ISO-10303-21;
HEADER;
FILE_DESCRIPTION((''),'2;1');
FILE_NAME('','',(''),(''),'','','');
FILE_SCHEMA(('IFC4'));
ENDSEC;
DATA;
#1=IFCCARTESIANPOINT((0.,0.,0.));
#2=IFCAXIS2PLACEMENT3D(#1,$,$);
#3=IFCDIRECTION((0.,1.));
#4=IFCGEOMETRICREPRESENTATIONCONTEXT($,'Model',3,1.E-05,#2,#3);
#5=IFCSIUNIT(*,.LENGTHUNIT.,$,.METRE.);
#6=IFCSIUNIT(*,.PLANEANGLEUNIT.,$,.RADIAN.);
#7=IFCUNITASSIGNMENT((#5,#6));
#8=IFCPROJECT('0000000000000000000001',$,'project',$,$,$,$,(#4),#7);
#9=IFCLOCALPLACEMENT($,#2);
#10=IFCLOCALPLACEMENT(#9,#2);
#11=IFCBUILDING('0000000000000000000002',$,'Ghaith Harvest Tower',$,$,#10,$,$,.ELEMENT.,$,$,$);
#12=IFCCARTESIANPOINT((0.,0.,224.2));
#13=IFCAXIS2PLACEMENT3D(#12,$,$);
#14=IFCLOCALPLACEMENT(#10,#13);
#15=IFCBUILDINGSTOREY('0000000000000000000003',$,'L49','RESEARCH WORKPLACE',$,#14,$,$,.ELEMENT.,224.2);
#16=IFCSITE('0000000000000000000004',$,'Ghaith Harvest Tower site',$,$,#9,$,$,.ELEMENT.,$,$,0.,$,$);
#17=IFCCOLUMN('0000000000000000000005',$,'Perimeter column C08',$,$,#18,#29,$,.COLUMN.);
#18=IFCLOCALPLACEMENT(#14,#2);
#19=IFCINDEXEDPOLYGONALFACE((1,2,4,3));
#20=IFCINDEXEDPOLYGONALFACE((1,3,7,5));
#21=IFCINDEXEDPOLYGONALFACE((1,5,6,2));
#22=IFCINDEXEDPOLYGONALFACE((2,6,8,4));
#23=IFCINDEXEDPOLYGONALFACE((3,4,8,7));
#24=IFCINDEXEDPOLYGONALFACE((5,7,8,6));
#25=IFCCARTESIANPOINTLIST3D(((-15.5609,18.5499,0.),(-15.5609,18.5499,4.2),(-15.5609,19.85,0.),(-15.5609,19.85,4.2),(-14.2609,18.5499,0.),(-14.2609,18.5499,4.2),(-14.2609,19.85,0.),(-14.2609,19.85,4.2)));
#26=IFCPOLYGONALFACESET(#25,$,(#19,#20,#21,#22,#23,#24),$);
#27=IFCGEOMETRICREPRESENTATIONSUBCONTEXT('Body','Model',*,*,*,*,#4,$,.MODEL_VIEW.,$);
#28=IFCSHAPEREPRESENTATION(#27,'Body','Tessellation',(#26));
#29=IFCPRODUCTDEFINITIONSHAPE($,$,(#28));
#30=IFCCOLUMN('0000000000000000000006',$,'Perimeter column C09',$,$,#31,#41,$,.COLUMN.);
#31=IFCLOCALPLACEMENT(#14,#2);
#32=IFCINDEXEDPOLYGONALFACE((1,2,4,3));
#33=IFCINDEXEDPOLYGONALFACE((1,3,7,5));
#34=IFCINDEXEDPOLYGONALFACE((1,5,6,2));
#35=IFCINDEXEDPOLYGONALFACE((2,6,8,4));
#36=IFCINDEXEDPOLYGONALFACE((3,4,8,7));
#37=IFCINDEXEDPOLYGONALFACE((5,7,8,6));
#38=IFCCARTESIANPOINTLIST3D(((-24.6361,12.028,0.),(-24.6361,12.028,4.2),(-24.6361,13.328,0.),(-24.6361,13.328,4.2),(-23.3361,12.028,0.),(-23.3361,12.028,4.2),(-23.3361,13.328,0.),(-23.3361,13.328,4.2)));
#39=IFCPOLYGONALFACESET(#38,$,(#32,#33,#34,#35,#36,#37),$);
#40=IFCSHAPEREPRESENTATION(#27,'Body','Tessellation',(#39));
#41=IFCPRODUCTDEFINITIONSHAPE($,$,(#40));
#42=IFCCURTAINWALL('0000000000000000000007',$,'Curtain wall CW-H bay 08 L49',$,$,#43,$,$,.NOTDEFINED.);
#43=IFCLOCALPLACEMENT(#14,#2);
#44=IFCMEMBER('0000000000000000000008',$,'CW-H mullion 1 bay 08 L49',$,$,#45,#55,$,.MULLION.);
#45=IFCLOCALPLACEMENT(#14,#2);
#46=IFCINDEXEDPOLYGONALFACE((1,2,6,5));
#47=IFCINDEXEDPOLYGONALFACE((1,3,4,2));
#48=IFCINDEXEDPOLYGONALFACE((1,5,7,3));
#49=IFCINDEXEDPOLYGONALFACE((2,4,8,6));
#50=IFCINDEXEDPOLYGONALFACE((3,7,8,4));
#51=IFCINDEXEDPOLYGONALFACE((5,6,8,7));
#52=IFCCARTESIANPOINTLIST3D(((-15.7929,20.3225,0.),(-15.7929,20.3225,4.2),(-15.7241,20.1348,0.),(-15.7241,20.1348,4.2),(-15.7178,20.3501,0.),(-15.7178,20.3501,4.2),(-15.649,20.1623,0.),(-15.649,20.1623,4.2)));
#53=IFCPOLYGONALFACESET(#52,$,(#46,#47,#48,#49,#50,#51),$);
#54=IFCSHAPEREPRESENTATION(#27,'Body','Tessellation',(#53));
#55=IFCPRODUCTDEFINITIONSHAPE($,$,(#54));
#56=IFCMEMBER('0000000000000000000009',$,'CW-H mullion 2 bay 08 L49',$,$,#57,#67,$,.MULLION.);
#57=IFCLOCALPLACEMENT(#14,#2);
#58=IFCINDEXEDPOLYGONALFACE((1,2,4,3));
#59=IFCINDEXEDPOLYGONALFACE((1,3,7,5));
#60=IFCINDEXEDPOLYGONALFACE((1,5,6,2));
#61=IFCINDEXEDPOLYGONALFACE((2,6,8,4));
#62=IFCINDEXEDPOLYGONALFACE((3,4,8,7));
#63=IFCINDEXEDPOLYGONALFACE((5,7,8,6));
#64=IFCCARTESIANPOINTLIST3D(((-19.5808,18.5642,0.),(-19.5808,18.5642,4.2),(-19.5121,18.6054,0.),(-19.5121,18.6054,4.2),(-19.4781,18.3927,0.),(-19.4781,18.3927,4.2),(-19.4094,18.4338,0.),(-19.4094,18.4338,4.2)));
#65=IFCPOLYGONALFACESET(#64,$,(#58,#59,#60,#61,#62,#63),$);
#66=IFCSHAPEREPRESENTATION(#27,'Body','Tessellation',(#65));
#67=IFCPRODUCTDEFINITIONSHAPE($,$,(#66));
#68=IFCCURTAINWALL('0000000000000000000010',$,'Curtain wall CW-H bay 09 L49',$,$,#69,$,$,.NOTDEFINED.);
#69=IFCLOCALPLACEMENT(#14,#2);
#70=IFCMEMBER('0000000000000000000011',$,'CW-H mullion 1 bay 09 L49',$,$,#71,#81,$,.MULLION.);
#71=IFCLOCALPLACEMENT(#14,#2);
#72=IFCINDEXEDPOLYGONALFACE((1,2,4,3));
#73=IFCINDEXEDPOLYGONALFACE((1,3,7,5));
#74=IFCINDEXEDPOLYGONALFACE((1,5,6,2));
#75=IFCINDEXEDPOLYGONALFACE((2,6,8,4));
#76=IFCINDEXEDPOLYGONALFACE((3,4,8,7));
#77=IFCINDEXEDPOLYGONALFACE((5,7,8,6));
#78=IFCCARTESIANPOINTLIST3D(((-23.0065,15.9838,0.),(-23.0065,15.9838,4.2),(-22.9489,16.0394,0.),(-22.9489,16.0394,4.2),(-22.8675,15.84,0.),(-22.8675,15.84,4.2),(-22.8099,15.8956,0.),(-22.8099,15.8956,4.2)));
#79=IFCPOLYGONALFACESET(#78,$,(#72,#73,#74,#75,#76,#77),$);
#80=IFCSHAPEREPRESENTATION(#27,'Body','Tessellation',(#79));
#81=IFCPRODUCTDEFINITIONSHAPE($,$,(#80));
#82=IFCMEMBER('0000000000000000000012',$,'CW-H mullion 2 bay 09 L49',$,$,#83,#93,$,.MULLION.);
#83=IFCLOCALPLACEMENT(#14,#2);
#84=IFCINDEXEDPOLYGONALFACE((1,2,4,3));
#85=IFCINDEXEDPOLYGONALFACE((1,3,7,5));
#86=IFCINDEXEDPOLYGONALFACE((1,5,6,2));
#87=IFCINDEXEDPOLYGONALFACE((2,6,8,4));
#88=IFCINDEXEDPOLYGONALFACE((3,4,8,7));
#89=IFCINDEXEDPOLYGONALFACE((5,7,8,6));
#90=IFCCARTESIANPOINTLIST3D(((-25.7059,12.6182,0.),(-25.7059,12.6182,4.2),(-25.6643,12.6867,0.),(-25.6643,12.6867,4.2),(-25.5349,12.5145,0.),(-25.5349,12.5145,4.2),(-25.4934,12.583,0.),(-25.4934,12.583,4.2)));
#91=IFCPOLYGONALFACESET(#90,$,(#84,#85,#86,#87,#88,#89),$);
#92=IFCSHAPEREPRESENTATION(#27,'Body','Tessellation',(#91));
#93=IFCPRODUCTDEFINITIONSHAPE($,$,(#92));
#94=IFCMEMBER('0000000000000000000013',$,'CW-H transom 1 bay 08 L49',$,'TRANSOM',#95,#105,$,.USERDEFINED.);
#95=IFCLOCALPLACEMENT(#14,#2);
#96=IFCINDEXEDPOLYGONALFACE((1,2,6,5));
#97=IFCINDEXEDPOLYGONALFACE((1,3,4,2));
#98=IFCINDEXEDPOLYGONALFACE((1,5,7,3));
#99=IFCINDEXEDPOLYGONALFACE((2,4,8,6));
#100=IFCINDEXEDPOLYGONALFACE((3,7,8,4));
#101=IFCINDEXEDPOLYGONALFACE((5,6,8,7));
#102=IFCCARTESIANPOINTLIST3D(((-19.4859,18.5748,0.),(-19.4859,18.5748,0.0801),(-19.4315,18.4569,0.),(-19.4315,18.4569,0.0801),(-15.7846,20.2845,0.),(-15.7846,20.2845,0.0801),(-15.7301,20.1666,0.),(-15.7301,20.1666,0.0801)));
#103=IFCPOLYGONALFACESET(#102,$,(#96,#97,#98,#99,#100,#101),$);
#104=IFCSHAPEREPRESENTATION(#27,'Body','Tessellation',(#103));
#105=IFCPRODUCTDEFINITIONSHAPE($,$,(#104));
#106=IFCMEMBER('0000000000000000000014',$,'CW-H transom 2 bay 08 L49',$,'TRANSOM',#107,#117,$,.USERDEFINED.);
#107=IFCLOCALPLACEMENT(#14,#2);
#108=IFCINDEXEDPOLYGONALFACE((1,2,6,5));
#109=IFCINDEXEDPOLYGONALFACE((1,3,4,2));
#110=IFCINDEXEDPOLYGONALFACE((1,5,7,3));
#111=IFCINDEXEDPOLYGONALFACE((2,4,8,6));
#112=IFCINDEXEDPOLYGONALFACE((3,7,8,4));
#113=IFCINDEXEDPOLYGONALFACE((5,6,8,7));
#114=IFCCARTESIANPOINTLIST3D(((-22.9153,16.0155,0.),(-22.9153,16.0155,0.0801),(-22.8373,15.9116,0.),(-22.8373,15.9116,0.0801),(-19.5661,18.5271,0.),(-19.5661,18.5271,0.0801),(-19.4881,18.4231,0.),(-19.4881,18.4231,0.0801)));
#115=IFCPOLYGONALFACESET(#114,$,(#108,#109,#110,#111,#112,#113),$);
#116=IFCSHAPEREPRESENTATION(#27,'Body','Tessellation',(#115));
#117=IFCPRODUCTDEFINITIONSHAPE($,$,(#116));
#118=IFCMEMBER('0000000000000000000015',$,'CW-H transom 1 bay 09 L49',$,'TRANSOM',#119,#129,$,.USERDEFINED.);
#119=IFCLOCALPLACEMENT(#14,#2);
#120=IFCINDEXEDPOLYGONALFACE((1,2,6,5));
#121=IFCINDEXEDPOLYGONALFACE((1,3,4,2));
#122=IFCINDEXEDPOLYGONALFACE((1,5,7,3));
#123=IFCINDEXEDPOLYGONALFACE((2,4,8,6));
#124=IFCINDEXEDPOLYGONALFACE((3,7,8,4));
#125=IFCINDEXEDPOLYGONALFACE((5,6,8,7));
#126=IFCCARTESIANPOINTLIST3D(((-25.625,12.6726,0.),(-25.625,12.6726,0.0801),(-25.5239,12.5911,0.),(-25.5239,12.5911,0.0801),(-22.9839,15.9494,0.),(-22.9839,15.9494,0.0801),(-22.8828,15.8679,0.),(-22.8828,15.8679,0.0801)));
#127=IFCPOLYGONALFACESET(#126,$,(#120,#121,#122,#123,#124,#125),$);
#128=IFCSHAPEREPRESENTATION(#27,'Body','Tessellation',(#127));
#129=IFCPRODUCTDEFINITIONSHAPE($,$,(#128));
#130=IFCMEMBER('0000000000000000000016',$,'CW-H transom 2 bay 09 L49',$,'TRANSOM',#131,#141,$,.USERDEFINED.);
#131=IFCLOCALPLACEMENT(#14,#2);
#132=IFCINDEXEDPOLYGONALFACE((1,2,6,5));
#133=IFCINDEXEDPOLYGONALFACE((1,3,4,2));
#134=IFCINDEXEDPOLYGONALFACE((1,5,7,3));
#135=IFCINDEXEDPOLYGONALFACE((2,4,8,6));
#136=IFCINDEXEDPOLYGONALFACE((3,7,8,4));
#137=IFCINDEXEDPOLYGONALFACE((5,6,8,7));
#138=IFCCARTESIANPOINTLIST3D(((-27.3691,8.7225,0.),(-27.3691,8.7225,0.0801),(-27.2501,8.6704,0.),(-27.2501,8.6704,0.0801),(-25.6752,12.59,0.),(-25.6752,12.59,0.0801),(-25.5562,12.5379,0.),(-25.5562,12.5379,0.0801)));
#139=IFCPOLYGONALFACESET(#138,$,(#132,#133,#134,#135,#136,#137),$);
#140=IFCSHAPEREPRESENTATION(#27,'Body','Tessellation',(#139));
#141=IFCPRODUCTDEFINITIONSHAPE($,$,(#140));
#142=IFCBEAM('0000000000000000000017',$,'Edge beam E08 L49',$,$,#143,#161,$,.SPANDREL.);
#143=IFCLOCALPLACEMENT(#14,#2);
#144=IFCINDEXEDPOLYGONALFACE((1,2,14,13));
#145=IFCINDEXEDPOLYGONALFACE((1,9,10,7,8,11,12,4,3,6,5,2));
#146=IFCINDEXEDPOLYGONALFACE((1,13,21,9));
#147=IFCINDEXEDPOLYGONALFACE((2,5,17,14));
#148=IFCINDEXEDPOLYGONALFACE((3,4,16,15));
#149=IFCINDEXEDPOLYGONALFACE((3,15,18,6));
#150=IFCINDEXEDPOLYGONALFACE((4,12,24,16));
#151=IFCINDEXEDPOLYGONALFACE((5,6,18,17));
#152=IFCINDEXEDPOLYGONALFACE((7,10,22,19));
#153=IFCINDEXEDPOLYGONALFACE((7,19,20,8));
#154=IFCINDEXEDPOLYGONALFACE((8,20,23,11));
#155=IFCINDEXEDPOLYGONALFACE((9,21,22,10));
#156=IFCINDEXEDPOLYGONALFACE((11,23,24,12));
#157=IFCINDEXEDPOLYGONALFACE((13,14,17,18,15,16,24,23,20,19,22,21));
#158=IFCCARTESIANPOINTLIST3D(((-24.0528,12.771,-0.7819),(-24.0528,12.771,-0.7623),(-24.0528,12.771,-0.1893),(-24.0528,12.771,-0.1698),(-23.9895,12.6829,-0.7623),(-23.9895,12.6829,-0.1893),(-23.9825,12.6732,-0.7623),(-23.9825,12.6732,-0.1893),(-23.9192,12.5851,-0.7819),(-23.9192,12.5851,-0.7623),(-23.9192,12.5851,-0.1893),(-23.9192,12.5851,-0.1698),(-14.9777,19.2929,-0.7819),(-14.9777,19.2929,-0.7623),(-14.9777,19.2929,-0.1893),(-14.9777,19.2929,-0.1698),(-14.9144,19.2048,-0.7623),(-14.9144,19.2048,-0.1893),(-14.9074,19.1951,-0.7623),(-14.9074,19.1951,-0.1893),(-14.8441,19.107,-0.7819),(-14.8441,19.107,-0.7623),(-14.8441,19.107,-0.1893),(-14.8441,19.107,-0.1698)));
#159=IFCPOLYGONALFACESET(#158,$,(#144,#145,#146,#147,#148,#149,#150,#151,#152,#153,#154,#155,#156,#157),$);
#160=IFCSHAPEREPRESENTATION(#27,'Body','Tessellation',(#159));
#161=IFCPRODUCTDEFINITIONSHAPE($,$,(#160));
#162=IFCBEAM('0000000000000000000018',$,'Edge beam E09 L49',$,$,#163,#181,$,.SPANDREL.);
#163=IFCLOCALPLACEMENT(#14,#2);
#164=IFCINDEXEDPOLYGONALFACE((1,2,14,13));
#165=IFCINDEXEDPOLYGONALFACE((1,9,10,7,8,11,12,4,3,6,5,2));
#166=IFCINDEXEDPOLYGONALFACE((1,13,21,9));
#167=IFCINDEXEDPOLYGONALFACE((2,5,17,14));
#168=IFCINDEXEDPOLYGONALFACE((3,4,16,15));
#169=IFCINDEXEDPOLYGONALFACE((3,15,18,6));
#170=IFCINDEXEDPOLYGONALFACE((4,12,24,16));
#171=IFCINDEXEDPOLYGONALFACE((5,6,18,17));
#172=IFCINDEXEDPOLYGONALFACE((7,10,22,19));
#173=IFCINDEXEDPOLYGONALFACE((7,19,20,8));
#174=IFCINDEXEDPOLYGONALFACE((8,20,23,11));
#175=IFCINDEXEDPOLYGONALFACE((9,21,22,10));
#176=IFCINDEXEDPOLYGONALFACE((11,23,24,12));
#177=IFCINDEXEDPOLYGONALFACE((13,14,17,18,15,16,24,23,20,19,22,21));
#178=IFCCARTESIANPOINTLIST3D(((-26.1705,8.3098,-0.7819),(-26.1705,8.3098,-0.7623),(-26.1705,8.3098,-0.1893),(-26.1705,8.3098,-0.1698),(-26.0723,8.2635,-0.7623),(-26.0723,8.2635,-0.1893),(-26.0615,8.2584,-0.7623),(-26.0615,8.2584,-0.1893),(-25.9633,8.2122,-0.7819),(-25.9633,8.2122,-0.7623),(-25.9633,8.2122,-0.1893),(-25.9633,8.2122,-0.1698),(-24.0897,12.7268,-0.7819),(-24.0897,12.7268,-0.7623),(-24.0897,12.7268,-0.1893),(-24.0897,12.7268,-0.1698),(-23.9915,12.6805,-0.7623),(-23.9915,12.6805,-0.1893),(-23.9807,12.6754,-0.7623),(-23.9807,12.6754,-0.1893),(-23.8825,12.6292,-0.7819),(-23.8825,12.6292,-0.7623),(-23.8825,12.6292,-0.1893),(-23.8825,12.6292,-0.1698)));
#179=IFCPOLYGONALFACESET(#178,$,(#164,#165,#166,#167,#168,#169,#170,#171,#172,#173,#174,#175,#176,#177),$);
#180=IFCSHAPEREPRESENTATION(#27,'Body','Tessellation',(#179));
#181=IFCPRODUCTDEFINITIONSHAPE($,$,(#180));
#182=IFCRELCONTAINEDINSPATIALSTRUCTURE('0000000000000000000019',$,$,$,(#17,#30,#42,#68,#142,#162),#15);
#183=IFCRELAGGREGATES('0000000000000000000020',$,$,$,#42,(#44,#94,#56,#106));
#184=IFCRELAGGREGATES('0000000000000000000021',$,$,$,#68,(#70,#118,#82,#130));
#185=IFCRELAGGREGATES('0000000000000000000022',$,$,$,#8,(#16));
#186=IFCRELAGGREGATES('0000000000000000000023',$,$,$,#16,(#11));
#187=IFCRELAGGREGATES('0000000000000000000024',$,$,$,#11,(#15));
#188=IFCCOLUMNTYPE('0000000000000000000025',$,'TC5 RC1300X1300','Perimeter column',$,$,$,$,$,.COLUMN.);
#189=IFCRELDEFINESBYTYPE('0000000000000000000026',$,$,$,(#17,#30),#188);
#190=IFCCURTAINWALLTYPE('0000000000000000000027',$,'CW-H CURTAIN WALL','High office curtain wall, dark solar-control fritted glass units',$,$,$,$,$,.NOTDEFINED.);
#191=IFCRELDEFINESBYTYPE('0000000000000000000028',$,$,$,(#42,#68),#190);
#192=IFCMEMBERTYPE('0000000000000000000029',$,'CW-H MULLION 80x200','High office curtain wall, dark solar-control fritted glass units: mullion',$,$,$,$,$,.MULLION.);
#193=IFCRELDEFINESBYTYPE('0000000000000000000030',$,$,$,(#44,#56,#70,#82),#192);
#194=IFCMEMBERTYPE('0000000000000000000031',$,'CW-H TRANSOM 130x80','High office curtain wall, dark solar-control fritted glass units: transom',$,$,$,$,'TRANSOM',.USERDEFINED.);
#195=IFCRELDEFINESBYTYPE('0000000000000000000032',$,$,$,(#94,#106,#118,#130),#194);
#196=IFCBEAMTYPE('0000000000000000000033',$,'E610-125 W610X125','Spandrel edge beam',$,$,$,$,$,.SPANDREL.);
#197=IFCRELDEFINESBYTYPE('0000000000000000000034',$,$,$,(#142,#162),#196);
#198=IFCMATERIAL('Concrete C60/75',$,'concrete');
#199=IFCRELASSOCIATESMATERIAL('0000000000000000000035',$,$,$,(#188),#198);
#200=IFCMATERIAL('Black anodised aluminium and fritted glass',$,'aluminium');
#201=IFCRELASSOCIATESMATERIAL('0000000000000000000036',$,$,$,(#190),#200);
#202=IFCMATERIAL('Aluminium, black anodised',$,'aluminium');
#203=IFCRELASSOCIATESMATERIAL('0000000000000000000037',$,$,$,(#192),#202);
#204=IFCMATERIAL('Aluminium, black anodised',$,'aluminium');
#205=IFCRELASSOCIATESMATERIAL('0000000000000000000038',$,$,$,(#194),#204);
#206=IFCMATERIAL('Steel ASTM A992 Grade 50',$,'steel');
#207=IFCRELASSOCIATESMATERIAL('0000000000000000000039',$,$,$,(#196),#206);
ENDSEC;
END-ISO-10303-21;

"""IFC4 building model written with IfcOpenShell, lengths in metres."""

from ifc_helpers import new_model, si_unit, direction, frame, origin, origin_2d, place, context, subcontext, project, spatial, rectangle, i_section, extrude, material, material_profile, profile_set, type_object, element, aggregate, save


model = new_model("IFC4")

# Units and contexts
model_context = context("Model", 3, precision=1e-05, world=origin(), true_north=direction((0.0, 1.0)))
body_context = subcontext(model_context, "Body", "Model", "MODEL_VIEW")
ifc_project = project(units=[si_unit("LENGTHUNIT", "METRE"), si_unit("PLANEANGLEUNIT", "RADIAN")], contexts=[model_context])

# Site, building, storey
site_placement = place(None, origin())
site = spatial("IfcSite", under=ifc_project, at=site_placement, Name="Ghaith Harvest Tower site", CompositionType="ELEMENT", RefElevation=0.0)
building_placement = place(site_placement, origin())
building = spatial("IfcBuilding", under=site, at=building_placement, Name="Ghaith Harvest Tower", CompositionType="ELEMENT")
storey_placement = place(building_placement, frame((0.0, 0.0, 224.2)))
storey = spatial("IfcBuildingStorey", under=building, at=storey_placement, Name="L49", Description="RESEARCH WORKPLACE", CompositionType="ELEMENT", Elevation=224.2)

# Columns
ifc_material_1 = material(Name="Concrete C60/75", Category="concrete")
ifc_material_profile_1 = material_profile(ifc_material_1, rectangle(XDim=1.3, YDim=1.3, at=origin_2d()), Name="RC1300X1300")
ifc_profile_set_1 = profile_set([ifc_material_profile_1], Name="Concrete C60/75")
column_type = type_object("IfcColumnType", Name="TC5 RC1300X1300", Description="Perimeter column", PredefinedType="COLUMN", material=ifc_profile_set_1)
for number, where, z_axis, x_axis, name in (
    (1, (-14.9109, 19.2, 0.0), (0.0, 0.0, 1.0), (1.0, 0.0, 0.0), "Perimeter column C08"),
    (2, (-23.9861, 12.678, 0.0), (0.0, 0.0, 1.0), (1.0, 0.0, 0.0), "Perimeter column C09"),
):
    element("IfcColumn", number, at=place(storey_placement, frame(where, z_axis=z_axis, x_axis=x_axis)), inside=storey, type_object=column_type, Name=name, PredefinedType="COLUMN", context=body_context, shape_type="SweptSolid", body=[
        extrude(rectangle(XDim=1.3, YDim=1.3, at=origin_2d()), origin(), (0.0, 0.0, 1.0), 4.2),
    ])

# Curtain walls, members
ifc_material_2 = material(Name="Black anodised aluminium and fritted glass", Category="aluminium")
curtain_wall_type = type_object("IfcCurtainWallType", Name="CW-H CURTAIN WALL", Description="High office curtain wall, dark solar-control fritted glass units", PredefinedType="NOTDEFINED", material=ifc_material_2)
curtain_wall_1_placement = place(storey_placement, origin())
curtain_wall_1 = element("IfcCurtainWall", 3, at=curtain_wall_1_placement, inside=storey, type_object=curtain_wall_type, Name="Curtain wall CW-H bay 08 L49", PredefinedType="NOTDEFINED")
ifc_material_3 = material(Name="Aluminium, black anodised", Category="aluminium")
ifc_material_profile_2 = material_profile(ifc_material_3, rectangle(XDim=0.0801, YDim=0.2, at=origin_2d()), Name="CW-H MULLION 80x200")
ifc_profile_set_2 = profile_set([ifc_material_profile_2], Name="Aluminium, black anodised")
member_type_1 = type_object("IfcMemberType", Name="CW-H MULLION 80x200", Description="High office curtain wall, dark solar-control fritted glass units: mullion", PredefinedType="MULLION", material=ifc_profile_set_2)
member_1_placement = place(storey_placement, frame((-15.7209, 20.2424, 0.0), z_axis=(0.0, 0.0, 1.0), x_axis=(-0.938931, -0.344106, 0.0)))
member_1 = element("IfcMember", 4, at=member_1_placement, type_object=member_type_1, Name="CW-H mullion 1 bay 08 L49", PredefinedType="MULLION", context=body_context, shape_type="SweptSolid", body=[
    extrude(rectangle(XDim=0.0801, YDim=0.2, at=origin_2d()), origin(), (0.0, 0.0, 1.0), 4.2),
])
member_2_placement = place(storey_placement, frame((-19.4951, 18.499, 0.0), z_axis=(0.0, 0.0, 1.0), x_axis=(-0.857999, -0.513652, 0.0)))
member_2 = element("IfcMember", 5, at=member_2_placement, type_object=member_type_1, Name="CW-H mullion 2 bay 08 L49", PredefinedType="MULLION", context=body_context, shape_type="SweptSolid", body=[
    extrude(rectangle(XDim=0.0801, YDim=0.2, at=origin_2d()), origin(), (0.0, 0.0, 1.0), 4.2),
])
curtain_wall_2_placement = place(storey_placement, origin())
curtain_wall_2 = element("IfcCurtainWall", 6, at=curtain_wall_2_placement, inside=storey, type_object=curtain_wall_type, Name="Curtain wall CW-H bay 09 L49", PredefinedType="NOTDEFINED")
member_3_placement = place(storey_placement, frame((-22.9082, 15.9397, 0.0), z_axis=(0.0, 0.0, 1.0), x_axis=(-0.719146, -0.694859, 0.0)))
member_3 = element("IfcMember", 7, at=member_3_placement, type_object=member_type_1, Name="CW-H mullion 1 bay 09 L49", PredefinedType="MULLION", context=body_context, shape_type="SweptSolid", body=[
    extrude(rectangle(XDim=0.0801, YDim=0.2, at=origin_2d()), origin(), (0.0, 0.0, 1.0), 4.2),
])
member_4_placement = place(storey_placement, frame((-25.5996, 12.6006, 0.0), z_axis=(0.0, 0.0, 1.0), x_axis=(-0.518769, -0.854914, 0.0)))
member_4 = element("IfcMember", 8, at=member_4_placement, type_object=member_type_1, Name="CW-H mullion 2 bay 09 L49", PredefinedType="MULLION", context=body_context, shape_type="SweptSolid", body=[
    extrude(rectangle(XDim=0.0801, YDim=0.2, at=origin_2d()), origin(), (0.0, 0.0, 1.0), 4.2),
])

# Members
ifc_material_4 = material(Name="Aluminium, black anodised", Category="aluminium")
ifc_material_profile_3 = material_profile(ifc_material_4, rectangle(XDim=0.1299, YDim=0.0801, at=origin_2d()), Name="CW-H TRANSOM 130x80")
ifc_profile_set_3 = profile_set([ifc_material_profile_3], Name="Aluminium, black anodised")
member_type_2 = type_object("IfcMemberType", Name="CW-H TRANSOM 130x80", Description="High office curtain wall, dark solar-control fritted glass units: transom", ElementType="TRANSOM", PredefinedType="USERDEFINED", material=ifc_profile_set_3)
member_5_placement = place(storey_placement, frame((-15.7573, 20.2256, 0.04), z_axis=(-0.907831, -0.419335, 0.0), x_axis=(0.419335, -0.907831, 0.0)))
member_5 = element("IfcMember", 9, at=member_5_placement, type_object=member_type_2, Name="CW-H transom 1 bay 08 L49", ObjectType="TRANSOM", PredefinedType="USERDEFINED", context=body_context, shape_type="SweptSolid", body=[
    extrude(rectangle(XDim=0.1299, YDim=0.0801, at=origin_2d()), origin(), (0.0, 0.0, 1.0), 4.0771),
])
member_6_placement = place(storey_placement, frame((-19.5271, 18.4751, 0.04), z_axis=(-0.800042, -0.599944, 0.0), x_axis=(0.599944, -0.800042, 0.0)))
member_6 = element("IfcMember", 10, at=member_6_placement, type_object=member_type_2, Name="CW-H transom 2 bay 08 L49", ObjectType="TRANSOM", PredefinedType="USERDEFINED", context=body_context, shape_type="SweptSolid", body=[
    extrude(rectangle(XDim=0.1299, YDim=0.0801, at=origin_2d()), origin(), (0.0, 0.0, 1.0), 4.1863),
])
member_7_placement = place(storey_placement, frame((-22.9333, 15.9087, 0.04), z_axis=(-0.627535, -0.778589, 0.0), x_axis=(0.778589, -0.627535, 0.0)))
member_7 = element("IfcMember", 11, at=member_7_placement, type_object=member_type_2, Name="CW-H transom 1 bay 09 L49", ObjectType="TRANSOM", PredefinedType="USERDEFINED", context=body_context, shape_type="SweptSolid", body=[
    extrude(rectangle(XDim=0.1299, YDim=0.0801, at=origin_2d()), origin(), (0.0, 0.0, 1.0), 4.2087),
])
member_8_placement = place(storey_placement, frame((-25.6157, 12.564, 0.04), z_axis=(-0.401186, -0.915997, 0.0), x_axis=(0.915997, -0.401186, 0.0)))
member_8 = element("IfcMember", 12, at=member_8_placement, type_object=member_type_2, Name="CW-H transom 2 bay 09 L49", ObjectType="TRANSOM", PredefinedType="USERDEFINED", context=body_context, shape_type="SweptSolid", body=[
    extrude(rectangle(XDim=0.1299, YDim=0.0801, at=origin_2d()), origin(), (0.0, 0.0, 1.0), 4.2222),
])

# Beams
ifc_material_5 = material(Name="Steel ASTM A992 Grade 50", Category="steel")
ifc_material_profile_4 = material_profile(ifc_material_5, i_section(OverallWidth=0.229, OverallDepth=0.6121, WebThickness=0.012, FlangeThickness=0.0195, at=origin_2d()), Name="W610X125")
ifc_profile_set_4 = profile_set([ifc_material_profile_4], Name="Steel ASTM A992 Grade 50")
beam_type = type_object("IfcBeamType", Name="E610-125 W610X125", Description="Spandrel edge beam", PredefinedType="SPANDREL", material=ifc_profile_set_4)
beam_1_placement = place(storey_placement, frame((-14.9109, 19.2, -0.4758), z_axis=(-0.81205, -0.583587, 0.0), x_axis=(0.583587, -0.81205, 0.0)))
element("IfcBeam", 13, at=beam_1_placement, inside=storey, type_object=beam_type, Name="Edge beam E08 L49", PredefinedType="SPANDREL", context=body_context, shape_type="SweptSolid", body=[
    extrude(i_section(OverallWidth=0.229, OverallDepth=0.6121, WebThickness=0.012, FlangeThickness=0.0195, at=origin_2d()), origin(), (0.0, 0.0, 1.0), 11.1755),
])
beam_2_placement = place(storey_placement, frame((-23.9861, 12.678, -0.4758), z_axis=(-0.42617, -0.904643, 0.0), x_axis=(0.904643, -0.42617, 0.0)))
element("IfcBeam", 14, at=beam_2_placement, inside=storey, type_object=beam_type, Name="Edge beam E09 L49", PredefinedType="SPANDREL", context=body_context, shape_type="SweptSolid", body=[
    extrude(i_section(OverallWidth=0.229, OverallDepth=0.6121, WebThickness=0.012, FlangeThickness=0.0195, at=origin_2d()), origin(), (0.0, 0.0, 1.0), 4.8826),
])

aggregate(curtain_wall_1, [member_1, member_5, member_2, member_6])
aggregate(curtain_wall_2, [member_3, member_7, member_4, member_8])

save(model, "model.ifc")
